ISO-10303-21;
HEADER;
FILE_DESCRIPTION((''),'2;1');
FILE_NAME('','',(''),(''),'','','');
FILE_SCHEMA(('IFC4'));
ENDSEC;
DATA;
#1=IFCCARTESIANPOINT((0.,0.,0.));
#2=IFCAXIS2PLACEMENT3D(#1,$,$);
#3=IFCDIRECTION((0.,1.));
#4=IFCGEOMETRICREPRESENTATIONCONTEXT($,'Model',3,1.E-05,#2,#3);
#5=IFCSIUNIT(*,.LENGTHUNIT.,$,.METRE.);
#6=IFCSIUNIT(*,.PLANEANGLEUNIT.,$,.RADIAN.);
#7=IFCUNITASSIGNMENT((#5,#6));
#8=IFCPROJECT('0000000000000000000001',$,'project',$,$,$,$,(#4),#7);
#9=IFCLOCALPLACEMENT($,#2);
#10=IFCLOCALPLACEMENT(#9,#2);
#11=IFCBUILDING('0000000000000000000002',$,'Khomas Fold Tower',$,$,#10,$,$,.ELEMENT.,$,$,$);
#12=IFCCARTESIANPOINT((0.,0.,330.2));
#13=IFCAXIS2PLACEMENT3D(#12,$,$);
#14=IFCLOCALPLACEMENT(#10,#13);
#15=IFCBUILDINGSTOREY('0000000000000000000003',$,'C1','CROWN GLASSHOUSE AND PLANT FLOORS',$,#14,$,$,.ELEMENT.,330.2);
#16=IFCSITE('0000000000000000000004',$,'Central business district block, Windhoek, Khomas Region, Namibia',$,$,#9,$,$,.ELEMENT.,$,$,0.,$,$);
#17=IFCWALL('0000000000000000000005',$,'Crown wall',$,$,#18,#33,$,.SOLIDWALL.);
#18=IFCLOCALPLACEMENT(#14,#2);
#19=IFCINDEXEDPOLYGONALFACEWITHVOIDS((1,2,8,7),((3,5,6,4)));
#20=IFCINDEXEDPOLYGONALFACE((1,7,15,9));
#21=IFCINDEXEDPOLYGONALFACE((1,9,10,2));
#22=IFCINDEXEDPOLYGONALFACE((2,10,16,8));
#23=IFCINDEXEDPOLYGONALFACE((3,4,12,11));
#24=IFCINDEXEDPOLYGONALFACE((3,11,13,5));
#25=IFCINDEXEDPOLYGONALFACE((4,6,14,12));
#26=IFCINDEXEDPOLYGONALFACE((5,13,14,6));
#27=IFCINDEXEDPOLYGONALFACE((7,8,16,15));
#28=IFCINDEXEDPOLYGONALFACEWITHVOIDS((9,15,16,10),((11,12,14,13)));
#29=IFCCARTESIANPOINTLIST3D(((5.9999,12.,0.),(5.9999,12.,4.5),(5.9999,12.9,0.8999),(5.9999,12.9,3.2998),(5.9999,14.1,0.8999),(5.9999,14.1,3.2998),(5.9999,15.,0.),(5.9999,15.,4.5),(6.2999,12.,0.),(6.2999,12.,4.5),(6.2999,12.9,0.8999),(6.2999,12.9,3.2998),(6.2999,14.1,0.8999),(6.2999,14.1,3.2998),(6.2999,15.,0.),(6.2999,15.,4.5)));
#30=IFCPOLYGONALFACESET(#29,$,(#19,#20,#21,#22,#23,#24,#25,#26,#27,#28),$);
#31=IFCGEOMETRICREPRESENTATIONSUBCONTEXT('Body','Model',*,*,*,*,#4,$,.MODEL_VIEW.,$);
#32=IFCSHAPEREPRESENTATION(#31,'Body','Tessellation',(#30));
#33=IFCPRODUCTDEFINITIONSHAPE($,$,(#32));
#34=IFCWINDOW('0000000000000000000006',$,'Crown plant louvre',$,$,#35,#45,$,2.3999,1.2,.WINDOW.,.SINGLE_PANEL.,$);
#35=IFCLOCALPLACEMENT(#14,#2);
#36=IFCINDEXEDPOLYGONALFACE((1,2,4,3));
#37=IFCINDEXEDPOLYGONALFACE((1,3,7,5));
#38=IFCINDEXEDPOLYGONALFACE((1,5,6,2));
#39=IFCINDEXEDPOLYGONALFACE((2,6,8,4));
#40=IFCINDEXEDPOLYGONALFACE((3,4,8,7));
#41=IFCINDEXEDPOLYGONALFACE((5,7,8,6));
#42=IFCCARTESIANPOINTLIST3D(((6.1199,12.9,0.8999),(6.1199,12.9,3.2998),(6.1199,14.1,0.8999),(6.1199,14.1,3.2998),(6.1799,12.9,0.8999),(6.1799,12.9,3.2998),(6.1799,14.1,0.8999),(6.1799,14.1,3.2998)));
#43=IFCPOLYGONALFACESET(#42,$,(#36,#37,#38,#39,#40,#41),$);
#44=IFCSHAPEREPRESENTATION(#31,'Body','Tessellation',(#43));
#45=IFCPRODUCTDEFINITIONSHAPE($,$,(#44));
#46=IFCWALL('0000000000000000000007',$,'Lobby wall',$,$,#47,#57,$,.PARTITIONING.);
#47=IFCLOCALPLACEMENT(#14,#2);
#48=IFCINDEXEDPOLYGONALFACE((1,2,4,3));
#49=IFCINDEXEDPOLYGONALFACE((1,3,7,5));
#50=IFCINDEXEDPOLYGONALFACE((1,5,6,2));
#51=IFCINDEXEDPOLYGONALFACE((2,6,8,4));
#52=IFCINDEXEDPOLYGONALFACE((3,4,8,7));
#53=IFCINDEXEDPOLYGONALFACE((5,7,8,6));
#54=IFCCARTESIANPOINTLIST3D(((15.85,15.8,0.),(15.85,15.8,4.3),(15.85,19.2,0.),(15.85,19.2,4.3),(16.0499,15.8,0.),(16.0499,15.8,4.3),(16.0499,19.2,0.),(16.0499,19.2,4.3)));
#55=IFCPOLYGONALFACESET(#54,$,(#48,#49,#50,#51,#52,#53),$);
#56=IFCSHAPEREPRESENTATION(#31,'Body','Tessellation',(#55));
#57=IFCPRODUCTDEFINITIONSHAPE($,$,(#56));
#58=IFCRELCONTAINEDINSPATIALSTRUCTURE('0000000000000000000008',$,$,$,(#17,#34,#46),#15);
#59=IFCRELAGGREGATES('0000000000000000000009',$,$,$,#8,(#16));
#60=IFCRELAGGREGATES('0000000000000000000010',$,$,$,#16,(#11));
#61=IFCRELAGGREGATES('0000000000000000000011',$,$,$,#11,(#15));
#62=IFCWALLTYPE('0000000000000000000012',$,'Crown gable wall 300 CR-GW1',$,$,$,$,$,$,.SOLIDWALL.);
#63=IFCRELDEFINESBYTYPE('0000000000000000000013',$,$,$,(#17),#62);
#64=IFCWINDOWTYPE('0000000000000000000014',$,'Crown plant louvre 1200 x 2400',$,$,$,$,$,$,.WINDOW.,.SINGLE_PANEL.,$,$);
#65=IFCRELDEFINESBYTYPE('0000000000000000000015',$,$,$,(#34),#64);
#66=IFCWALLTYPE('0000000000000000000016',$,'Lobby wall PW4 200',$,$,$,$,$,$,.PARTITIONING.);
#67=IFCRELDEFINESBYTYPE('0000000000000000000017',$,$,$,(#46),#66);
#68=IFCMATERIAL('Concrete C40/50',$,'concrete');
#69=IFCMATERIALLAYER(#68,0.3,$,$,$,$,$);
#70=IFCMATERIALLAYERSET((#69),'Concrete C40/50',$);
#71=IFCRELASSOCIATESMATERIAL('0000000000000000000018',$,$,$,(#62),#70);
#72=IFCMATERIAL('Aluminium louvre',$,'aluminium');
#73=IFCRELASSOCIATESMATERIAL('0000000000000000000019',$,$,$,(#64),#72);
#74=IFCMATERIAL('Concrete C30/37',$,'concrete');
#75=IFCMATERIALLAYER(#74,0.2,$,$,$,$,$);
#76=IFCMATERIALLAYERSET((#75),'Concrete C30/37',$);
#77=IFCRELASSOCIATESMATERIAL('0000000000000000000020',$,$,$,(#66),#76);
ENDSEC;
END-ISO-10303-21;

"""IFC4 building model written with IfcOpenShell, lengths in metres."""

from ifc_helpers import new_model, si_unit, direction, frame, frame_2d, origin, place, context, subcontext, project, spatial, rectangle, extrude, source, transform, mapped, material, layer, layer_set, type_object, element, fill, save


model = new_model("IFC4")

# Units and contexts
model_context = context("Model", 3, precision=1e-05, world=origin(), true_north=direction((0.0, 1.0)))
body_context = subcontext(model_context, "Body", "Model", "MODEL_VIEW")
ifc_project = project(units=[si_unit("LENGTHUNIT", "METRE"), si_unit("PLANEANGLEUNIT", "RADIAN")], contexts=[model_context])

# Site, building, storey
site_placement = place(None, origin())
site = spatial("IfcSite", under=ifc_project, at=site_placement, Name="Central business district block, Windhoek, Khomas Region, Namibia", CompositionType="ELEMENT", RefElevation=0.0)
building_placement = place(site_placement, origin())
building = spatial("IfcBuilding", under=site, at=building_placement, Name="Khomas Fold Tower", CompositionType="ELEMENT")
storey_placement = place(building_placement, frame((0.0, 0.0, 330.2)))
storey = spatial("IfcBuildingStorey", under=building, at=storey_placement, Name="C1", Description="CROWN GLASSHOUSE AND PLANT FLOORS", CompositionType="ELEMENT", Elevation=330.2)

# Shared definitions
ifc_material_1 = material(Name="Concrete C40/50", Category="concrete")
ifc_layer_1 = layer(ifc_material_1, 0.3)
ifc_layer_set_1 = layer_set([ifc_layer_1], Name="Concrete C40/50")
wall_type_1 = type_object("IfcWallType", Name="Crown gable wall 300 CR-GW1", PredefinedType="SOLIDWALL", material=ifc_layer_set_1)
shared_shape_1 = source(origin(), body_context, "Body", "SweptSolid", [
    extrude(rectangle(XDim=1.2, YDim=2.3999, at=frame_2d((0.6001, 1.2))), frame((0.0, 0.1599, 0.0), z_axis=(0.0, -1.0, 0.0), x_axis=(1.0, 0.0, 0.0)), (0.0, 0.0, 1.0), 0.3201),
])
ifc_material_2 = material(Name="Aluminium louvre", Category="aluminium")
window_type = type_object("IfcWindowType", Name="Crown plant louvre 1200 x 2400", PartitioningType="SINGLE_PANEL", PredefinedType="WINDOW", material=ifc_material_2)
shared_shape_2 = source(origin(), body_context, "Body", "SweptSolid", [
    extrude(rectangle(XDim=1.2, YDim=2.3999, at=frame_2d((0.6001, 1.2))), frame((0.0, 0.03, 0.0), z_axis=(0.0, -1.0, 0.0), x_axis=(1.0, 0.0, 0.0)), (0.0, 0.0, 1.0), 0.0601),
])

# Wall, opening, window
shared_shape_3 = source(origin(), body_context, "Body", "SweptSolid", [
    extrude(rectangle(XDim=3.0, YDim=0.3, at=frame_2d((1.5, 0.0))), origin(), (0.0, 0.0, 1.0), 4.5),
])
wall_1_placement = place(storey_placement, frame((6.1499, 15.0, 0.0), z_axis=(0.0, 0.0, 1.0), x_axis=(0.0, -1.0, 0.0)))
wall_1 = element("IfcWall", 1, at=wall_1_placement, inside=storey, type_object=wall_type_1, Name="Crown wall", PredefinedType="SOLIDWALL", context=body_context, shape_type="MappedRepresentation", body=[
    mapped(shared_shape_3, transform((0.0, 0.0, 0.0))),
])
opening_1_placement = place(wall_1_placement, frame((0.8999, 0.0, 0.8999)))
opening_1 = element("IfcOpeningElement", 2, at=opening_1_placement, cuts=wall_1, PredefinedType="OPENING", context=body_context, shape_type="MappedRepresentation", body=[
    mapped(shared_shape_1, transform((0.0, 0.0, 0.0))),
])
window_1_placement = place(opening_1_placement, origin())
window_1 = element("IfcWindow", 3, at=window_1_placement, inside=storey, type_object=window_type, Name="Crown plant louvre", OverallHeight=2.3999, OverallWidth=1.2, PartitioningType="SINGLE_PANEL", PredefinedType="WINDOW", context=body_context, shape_type="MappedRepresentation", body=[
    mapped(shared_shape_2, transform((0.0, 0.0, 0.0))),
])
fill(opening_1, window_1)

# Wall
ifc_material_3 = material(Name="Concrete C30/37", Category="concrete")
ifc_layer_2 = layer(ifc_material_3, 0.2)
ifc_layer_set_2 = layer_set([ifc_layer_2], Name="Concrete C30/37")
wall_type_2 = type_object("IfcWallType", Name="Lobby wall PW4 200", PredefinedType="PARTITIONING", material=ifc_layer_set_2)
shared_shape_4 = source(origin(), body_context, "Body", "SweptSolid", [
    extrude(rectangle(XDim=3.3999, YDim=0.2, at=frame_2d((1.7, 0.0))), origin(), (0.0, 0.0, 1.0), 4.3),
])
wall_2_placement = place(storey_placement, frame((15.95, 15.8, 0.0), z_axis=(0.0, 0.0, 1.0), x_axis=(0.0, 1.0, 0.0)))
element("IfcWall", 4, at=wall_2_placement, inside=storey, type_object=wall_type_2, Name="Lobby wall", PredefinedType="PARTITIONING", context=body_context, shape_type="MappedRepresentation", body=[
    mapped(shared_shape_4, transform((0.0, 0.0, 0.0))),
])

save(model, "model.ifc")
